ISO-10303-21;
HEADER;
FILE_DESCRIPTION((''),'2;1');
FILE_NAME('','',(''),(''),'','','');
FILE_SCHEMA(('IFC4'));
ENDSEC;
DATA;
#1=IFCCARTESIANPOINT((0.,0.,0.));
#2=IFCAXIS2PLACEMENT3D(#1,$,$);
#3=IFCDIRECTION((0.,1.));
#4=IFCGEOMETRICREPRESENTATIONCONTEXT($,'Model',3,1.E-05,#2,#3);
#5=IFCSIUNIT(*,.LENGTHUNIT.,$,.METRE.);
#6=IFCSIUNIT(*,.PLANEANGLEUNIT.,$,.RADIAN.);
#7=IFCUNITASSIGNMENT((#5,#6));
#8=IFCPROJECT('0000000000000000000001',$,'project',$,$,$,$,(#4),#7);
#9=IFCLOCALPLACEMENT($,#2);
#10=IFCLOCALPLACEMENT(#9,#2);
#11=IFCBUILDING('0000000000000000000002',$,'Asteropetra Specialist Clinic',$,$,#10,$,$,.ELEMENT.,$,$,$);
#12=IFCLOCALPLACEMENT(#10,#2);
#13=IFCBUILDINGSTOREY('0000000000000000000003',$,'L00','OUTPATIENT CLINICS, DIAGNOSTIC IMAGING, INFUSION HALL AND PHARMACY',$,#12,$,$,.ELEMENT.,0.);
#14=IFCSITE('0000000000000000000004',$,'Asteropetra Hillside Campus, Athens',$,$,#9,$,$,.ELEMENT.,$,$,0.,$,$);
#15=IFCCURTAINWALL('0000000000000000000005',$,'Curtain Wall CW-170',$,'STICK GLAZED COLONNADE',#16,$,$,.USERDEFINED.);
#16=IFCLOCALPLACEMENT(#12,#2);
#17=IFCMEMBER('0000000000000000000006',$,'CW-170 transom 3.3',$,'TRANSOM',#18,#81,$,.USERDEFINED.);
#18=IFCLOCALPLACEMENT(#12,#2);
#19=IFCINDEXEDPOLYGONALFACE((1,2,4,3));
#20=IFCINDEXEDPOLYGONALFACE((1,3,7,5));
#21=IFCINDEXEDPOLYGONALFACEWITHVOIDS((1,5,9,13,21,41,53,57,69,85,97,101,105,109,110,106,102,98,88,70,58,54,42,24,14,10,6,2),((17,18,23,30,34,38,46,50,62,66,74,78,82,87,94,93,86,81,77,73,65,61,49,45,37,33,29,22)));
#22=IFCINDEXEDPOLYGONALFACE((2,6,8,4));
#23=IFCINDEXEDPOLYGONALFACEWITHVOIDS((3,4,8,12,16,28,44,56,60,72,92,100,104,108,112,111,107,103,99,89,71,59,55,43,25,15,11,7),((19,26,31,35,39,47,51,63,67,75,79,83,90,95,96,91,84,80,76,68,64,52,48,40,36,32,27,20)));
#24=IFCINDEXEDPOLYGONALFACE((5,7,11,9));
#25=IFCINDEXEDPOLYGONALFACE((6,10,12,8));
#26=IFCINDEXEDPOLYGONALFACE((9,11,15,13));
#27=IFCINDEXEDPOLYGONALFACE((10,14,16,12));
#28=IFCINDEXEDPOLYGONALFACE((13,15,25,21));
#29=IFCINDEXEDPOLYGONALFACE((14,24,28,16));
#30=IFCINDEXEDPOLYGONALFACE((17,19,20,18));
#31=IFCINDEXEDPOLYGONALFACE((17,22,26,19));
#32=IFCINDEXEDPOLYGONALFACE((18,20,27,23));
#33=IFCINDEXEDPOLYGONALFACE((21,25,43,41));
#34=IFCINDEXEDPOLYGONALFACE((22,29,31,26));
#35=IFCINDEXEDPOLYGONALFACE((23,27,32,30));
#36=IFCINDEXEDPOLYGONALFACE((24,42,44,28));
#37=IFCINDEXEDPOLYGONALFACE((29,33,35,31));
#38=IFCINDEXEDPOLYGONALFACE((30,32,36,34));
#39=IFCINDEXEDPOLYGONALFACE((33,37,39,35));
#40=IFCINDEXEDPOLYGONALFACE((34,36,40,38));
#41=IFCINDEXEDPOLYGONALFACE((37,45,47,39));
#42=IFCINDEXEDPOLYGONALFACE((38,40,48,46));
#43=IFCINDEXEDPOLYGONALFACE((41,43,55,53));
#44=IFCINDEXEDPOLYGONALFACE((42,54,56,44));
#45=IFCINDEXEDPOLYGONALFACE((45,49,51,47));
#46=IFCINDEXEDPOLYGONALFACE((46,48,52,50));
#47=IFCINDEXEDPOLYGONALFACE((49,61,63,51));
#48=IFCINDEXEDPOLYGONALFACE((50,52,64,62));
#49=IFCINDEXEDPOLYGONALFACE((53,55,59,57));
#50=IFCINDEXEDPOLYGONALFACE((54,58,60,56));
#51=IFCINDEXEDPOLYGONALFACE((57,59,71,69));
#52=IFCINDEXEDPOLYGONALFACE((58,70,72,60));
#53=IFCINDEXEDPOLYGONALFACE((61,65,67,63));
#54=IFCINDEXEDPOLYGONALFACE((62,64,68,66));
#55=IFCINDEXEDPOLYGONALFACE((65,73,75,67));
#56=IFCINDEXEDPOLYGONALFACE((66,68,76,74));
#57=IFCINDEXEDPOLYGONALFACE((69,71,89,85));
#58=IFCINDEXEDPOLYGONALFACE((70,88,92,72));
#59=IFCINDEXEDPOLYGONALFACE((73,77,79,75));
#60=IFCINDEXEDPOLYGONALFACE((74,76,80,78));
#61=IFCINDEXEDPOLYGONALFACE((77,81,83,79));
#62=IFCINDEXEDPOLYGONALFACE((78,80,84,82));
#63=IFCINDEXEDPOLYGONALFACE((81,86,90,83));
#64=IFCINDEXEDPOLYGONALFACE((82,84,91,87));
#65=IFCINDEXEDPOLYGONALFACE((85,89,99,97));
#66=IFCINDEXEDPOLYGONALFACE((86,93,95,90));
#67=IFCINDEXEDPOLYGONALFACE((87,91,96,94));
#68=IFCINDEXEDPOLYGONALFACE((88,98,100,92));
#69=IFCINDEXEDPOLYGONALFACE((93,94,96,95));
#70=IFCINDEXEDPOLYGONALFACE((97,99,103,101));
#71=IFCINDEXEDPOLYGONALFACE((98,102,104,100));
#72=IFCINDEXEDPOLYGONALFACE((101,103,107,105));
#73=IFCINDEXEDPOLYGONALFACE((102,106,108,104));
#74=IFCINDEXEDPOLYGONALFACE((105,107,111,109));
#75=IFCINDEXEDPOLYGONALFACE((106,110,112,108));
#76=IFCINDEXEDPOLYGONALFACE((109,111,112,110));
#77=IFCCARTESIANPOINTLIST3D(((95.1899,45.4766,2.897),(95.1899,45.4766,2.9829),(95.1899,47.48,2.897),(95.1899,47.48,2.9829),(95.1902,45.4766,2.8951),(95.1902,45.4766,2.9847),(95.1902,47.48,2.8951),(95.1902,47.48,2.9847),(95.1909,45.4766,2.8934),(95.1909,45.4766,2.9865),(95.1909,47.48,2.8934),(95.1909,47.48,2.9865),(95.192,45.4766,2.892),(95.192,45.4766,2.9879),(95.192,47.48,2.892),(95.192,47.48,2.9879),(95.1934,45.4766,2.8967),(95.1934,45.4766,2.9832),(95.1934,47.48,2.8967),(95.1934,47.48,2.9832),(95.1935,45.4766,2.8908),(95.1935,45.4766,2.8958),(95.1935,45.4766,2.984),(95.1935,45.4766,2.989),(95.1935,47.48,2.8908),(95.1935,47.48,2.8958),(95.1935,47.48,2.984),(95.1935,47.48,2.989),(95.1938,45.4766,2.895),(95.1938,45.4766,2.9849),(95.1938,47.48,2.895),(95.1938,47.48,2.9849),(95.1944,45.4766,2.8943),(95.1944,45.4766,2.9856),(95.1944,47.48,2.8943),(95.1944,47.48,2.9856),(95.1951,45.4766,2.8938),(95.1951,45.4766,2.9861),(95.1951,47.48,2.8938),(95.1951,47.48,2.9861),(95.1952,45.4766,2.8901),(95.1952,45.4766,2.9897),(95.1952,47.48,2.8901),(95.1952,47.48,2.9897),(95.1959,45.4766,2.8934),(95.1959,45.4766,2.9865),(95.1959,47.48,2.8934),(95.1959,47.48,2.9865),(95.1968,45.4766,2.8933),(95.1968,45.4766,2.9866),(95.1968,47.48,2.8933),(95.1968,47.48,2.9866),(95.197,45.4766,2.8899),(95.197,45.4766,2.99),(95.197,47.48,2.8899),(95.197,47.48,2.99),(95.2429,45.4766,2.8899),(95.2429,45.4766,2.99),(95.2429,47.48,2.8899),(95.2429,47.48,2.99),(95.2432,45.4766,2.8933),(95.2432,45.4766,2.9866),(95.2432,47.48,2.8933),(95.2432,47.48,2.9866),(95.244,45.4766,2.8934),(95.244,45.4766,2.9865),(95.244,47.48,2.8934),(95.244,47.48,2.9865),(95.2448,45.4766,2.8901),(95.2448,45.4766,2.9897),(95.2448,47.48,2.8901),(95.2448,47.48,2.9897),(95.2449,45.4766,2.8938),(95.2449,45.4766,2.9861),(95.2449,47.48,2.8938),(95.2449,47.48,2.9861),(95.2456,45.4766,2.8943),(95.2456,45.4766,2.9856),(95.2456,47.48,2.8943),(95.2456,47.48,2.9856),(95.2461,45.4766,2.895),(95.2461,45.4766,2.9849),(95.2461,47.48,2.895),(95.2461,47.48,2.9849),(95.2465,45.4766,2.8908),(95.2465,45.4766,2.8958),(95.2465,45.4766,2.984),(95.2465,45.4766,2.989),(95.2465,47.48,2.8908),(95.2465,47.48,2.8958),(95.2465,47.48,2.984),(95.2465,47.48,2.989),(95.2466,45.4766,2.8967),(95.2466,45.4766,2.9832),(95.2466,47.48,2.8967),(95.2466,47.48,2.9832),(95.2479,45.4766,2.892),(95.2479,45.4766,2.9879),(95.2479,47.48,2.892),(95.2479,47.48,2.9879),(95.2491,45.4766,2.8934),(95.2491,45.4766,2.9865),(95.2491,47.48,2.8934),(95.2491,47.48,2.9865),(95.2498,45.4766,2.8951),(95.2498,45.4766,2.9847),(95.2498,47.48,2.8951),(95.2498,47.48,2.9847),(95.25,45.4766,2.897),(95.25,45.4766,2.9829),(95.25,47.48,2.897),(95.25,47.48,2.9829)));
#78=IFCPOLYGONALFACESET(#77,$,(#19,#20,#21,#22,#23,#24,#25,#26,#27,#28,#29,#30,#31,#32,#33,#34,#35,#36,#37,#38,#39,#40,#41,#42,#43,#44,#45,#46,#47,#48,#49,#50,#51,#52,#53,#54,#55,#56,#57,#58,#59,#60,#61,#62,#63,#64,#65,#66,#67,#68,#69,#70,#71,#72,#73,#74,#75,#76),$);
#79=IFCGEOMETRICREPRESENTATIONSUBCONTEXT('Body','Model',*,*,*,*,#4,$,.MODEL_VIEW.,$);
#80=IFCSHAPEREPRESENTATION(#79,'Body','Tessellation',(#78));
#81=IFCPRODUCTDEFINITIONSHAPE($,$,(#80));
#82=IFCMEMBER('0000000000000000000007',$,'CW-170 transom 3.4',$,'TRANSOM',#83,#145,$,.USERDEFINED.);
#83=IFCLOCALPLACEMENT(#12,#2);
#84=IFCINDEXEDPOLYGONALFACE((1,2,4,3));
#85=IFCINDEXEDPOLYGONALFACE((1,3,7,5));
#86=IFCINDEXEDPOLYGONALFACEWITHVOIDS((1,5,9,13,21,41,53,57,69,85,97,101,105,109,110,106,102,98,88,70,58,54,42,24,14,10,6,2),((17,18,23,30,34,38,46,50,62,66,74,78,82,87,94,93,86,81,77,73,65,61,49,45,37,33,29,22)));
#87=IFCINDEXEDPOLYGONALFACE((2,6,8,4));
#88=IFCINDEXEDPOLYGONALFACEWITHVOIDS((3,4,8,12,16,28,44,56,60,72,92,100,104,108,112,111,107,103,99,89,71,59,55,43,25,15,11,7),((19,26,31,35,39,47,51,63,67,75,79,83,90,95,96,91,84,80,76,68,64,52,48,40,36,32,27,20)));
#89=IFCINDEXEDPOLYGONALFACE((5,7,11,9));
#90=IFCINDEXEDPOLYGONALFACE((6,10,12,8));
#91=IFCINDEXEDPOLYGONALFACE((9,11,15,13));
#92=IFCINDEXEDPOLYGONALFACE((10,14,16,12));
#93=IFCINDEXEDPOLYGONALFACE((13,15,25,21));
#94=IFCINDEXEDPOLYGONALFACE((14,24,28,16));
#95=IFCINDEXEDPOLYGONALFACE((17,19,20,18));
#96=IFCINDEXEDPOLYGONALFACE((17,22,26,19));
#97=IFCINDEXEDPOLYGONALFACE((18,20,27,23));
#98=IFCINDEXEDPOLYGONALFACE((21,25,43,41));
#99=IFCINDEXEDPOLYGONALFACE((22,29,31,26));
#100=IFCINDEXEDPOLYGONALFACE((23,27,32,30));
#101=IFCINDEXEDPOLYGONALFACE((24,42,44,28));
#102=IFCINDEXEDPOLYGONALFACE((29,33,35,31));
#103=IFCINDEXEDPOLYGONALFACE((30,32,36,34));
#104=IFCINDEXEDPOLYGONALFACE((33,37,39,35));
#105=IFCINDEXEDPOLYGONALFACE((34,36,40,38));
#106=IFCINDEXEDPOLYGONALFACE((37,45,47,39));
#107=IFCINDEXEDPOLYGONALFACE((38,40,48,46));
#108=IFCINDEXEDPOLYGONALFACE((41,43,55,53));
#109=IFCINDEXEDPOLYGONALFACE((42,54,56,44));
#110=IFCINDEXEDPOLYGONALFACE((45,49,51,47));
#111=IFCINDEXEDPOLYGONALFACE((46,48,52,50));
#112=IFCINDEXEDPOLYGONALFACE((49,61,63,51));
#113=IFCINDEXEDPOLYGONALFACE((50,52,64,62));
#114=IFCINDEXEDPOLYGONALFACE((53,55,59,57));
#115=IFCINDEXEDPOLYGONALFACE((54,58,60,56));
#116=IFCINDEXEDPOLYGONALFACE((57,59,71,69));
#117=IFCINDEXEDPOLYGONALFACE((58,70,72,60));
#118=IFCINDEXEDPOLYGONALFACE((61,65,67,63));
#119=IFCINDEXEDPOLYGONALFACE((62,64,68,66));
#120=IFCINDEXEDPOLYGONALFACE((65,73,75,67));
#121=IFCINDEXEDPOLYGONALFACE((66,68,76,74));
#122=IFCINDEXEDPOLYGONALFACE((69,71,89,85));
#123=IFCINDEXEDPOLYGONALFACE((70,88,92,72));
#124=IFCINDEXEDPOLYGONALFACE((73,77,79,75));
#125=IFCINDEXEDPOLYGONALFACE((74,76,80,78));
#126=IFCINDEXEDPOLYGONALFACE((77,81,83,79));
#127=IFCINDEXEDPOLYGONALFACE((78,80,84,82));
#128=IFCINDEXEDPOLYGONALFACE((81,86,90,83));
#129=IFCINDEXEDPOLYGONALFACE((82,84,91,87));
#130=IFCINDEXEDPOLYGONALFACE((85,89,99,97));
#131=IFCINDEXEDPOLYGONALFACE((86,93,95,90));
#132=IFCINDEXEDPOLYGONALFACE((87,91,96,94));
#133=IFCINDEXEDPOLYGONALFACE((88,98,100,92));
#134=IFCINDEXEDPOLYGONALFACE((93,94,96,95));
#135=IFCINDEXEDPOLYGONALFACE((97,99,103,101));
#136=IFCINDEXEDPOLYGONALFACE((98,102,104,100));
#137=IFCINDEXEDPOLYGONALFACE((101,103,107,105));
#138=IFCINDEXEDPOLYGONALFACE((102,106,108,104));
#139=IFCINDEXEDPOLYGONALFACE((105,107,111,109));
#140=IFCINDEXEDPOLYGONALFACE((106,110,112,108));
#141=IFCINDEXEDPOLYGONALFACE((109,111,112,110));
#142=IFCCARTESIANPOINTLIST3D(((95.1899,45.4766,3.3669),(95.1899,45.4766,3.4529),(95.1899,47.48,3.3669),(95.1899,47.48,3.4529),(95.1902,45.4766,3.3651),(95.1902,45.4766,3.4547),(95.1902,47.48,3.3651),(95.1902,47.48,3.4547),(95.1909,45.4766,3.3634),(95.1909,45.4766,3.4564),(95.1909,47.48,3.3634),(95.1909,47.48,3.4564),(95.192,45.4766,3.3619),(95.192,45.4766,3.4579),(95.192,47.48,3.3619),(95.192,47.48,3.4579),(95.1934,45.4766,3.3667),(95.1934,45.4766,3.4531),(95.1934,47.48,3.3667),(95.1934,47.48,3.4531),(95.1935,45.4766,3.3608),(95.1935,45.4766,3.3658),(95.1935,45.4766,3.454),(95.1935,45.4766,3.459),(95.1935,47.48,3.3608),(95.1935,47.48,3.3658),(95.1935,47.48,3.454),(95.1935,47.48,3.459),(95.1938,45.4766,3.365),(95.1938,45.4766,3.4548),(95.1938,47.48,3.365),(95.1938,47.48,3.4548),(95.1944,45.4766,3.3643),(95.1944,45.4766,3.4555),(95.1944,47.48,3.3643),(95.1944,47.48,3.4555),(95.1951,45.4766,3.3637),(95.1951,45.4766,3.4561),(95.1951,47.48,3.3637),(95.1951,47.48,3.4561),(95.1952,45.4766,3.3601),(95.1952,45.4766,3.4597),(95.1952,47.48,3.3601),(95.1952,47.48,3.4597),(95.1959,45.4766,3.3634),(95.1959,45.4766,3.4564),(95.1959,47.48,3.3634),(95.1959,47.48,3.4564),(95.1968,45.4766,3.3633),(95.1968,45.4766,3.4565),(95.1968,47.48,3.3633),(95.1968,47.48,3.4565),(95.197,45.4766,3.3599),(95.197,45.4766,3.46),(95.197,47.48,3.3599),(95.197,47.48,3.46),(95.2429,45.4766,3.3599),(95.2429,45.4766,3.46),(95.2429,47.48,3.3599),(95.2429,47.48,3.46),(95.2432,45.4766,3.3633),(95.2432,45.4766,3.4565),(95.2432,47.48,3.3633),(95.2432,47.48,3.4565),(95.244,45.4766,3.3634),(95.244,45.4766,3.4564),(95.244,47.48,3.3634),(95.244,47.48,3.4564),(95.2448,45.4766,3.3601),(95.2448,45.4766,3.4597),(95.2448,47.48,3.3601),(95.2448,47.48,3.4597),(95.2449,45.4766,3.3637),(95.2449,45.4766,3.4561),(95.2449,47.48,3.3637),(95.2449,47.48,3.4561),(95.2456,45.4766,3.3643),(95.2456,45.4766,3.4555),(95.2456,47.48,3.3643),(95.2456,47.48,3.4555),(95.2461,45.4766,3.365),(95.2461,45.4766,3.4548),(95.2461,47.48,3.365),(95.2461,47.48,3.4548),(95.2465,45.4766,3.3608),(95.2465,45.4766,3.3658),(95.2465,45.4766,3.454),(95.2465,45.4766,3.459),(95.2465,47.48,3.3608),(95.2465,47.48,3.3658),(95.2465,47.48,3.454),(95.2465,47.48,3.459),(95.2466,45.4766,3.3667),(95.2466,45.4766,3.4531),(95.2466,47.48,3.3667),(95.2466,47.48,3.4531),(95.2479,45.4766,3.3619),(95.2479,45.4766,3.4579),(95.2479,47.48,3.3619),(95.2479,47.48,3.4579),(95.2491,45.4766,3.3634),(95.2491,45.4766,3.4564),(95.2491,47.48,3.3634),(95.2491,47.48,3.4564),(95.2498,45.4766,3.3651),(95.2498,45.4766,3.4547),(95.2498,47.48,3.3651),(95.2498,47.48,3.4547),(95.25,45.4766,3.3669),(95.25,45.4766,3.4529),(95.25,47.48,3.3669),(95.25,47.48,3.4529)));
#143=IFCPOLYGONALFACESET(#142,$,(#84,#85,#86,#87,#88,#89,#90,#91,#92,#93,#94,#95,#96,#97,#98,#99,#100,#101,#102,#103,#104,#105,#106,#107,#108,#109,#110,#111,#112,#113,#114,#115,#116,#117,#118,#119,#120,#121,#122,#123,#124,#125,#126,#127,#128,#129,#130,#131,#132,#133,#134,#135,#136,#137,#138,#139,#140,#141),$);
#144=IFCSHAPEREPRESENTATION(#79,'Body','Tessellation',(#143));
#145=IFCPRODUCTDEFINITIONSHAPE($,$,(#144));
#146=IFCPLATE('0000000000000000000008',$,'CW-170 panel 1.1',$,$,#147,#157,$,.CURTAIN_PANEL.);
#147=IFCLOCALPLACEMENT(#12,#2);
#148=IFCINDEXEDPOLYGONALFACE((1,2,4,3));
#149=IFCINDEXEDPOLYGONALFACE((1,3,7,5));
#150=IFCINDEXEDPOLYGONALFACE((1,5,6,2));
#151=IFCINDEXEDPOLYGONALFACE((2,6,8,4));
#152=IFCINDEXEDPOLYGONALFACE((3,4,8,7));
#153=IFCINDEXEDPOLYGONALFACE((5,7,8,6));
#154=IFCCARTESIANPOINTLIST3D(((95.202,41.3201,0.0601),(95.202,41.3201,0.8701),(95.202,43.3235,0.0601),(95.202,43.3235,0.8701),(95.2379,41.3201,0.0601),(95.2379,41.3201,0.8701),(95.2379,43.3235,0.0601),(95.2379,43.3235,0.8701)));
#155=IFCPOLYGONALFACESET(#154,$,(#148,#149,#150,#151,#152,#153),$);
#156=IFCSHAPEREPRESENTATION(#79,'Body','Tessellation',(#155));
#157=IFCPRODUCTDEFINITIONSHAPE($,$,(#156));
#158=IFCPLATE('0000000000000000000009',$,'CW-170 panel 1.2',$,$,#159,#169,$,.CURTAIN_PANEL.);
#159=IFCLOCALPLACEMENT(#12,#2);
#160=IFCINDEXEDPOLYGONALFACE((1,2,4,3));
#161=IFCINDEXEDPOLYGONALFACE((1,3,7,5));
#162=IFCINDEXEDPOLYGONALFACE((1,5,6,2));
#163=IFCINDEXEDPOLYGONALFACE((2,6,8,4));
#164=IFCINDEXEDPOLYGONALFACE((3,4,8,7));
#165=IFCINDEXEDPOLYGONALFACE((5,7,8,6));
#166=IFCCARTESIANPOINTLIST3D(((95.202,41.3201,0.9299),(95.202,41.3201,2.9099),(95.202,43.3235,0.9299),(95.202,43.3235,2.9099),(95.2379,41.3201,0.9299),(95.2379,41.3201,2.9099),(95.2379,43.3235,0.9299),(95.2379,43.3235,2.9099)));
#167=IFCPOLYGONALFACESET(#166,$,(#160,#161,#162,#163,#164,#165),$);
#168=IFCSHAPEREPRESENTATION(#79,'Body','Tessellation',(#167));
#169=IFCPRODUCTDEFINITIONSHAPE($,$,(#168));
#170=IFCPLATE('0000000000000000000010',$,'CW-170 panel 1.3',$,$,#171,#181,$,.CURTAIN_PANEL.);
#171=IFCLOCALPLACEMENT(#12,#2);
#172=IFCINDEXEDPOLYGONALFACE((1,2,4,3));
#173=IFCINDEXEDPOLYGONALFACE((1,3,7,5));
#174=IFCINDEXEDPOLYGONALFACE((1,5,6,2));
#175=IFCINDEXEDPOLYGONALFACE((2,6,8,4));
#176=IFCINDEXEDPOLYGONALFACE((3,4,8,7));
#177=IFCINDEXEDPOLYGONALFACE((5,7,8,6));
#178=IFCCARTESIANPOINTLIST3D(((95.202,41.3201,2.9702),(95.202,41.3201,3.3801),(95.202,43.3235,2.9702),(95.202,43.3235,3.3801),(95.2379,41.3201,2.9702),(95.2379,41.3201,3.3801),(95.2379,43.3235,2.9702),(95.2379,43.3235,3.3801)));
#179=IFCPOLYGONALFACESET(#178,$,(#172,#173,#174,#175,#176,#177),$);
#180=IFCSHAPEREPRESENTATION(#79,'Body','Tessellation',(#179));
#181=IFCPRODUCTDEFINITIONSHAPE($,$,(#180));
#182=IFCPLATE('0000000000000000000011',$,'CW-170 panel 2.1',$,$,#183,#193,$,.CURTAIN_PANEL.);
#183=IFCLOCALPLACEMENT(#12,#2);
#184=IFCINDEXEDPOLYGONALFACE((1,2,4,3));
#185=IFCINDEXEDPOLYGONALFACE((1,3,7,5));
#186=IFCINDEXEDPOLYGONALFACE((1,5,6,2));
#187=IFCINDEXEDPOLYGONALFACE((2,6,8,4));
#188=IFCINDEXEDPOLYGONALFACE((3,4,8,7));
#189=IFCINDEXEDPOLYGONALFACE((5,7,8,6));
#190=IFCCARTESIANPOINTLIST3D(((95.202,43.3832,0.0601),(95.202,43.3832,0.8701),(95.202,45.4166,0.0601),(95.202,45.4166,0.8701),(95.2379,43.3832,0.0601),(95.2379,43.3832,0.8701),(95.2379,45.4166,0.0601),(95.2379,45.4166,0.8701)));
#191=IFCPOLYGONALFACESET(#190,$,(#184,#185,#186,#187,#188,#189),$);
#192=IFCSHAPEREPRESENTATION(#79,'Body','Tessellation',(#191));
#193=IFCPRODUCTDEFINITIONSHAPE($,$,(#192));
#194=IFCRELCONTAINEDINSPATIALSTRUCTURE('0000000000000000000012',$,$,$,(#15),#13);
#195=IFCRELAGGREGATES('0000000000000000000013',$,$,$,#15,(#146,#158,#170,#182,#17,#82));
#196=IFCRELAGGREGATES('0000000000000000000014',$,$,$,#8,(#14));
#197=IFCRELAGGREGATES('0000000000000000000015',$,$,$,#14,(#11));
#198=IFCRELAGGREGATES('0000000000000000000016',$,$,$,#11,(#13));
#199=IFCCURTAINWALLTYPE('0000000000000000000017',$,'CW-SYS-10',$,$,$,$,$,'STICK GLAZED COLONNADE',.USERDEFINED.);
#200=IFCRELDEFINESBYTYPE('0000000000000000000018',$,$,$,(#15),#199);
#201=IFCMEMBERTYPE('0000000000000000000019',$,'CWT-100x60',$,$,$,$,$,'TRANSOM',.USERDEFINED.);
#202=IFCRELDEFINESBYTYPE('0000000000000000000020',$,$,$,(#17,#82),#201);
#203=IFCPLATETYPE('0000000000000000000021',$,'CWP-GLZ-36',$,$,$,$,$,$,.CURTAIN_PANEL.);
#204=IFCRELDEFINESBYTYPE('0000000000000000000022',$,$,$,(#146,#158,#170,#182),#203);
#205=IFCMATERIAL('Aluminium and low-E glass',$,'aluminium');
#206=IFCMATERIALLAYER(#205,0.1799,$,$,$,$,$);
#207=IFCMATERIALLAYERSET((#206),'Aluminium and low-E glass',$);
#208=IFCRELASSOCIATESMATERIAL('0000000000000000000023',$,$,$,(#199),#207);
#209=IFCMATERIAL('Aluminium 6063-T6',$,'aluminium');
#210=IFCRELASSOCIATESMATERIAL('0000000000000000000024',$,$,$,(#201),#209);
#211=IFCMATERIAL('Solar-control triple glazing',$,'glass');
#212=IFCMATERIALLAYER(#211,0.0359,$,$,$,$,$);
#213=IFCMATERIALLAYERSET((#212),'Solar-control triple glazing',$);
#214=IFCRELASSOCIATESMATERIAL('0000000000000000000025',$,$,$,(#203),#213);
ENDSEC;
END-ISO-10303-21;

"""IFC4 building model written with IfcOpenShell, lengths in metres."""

from ifc_helpers import new_model, si_unit, direction, frame, origin, origin_2d, place, context, subcontext, project, spatial, rectangle, hollow_rectangle, extrude, material, layer, layer_set, material_profile, profile_set, type_object, element, aggregate, save


model = new_model("IFC4")

# Units and contexts
model_context = context("Model", 3, precision=1e-05, world=origin(), true_north=direction((0.0, 1.0)))
body_context = subcontext(model_context, "Body", "Model", "MODEL_VIEW")
ifc_project = project(units=[si_unit("LENGTHUNIT", "METRE"), si_unit("PLANEANGLEUNIT", "RADIAN")], contexts=[model_context])

# Site, building, storey
site_placement = place(None, origin())
site = spatial("IfcSite", under=ifc_project, at=site_placement, Name="Asteropetra Hillside Campus, Athens", CompositionType="ELEMENT", RefElevation=0.0)
building_placement = place(site_placement, origin())
building = spatial("IfcBuilding", under=site, at=building_placement, Name="Asteropetra Specialist Clinic", CompositionType="ELEMENT")
storey_placement = place(building_placement, origin())
storey = spatial("IfcBuildingStorey", under=building, at=storey_placement, Name="L00", Description="OUTPATIENT CLINICS, DIAGNOSTIC IMAGING, INFUSION HALL AND PHARMACY", CompositionType="ELEMENT", Elevation=0.0)

# Curtain wall, members, plates
ifc_material_1 = material(Name="Aluminium and low-E glass", Category="aluminium")
ifc_layer_1 = layer(ifc_material_1, 0.1799)
ifc_layer_set_1 = layer_set([ifc_layer_1], Name="Aluminium and low-E glass")
curtain_wall_type = type_object("IfcCurtainWallType", Name="CW-SYS-10", ElementType="STICK GLAZED COLONNADE", PredefinedType="USERDEFINED", material=ifc_layer_set_1)
curtain_wall_placement = place(storey_placement, origin())
curtain_wall = element("IfcCurtainWall", 1, at=curtain_wall_placement, inside=storey, type_object=curtain_wall_type, Name="Curtain Wall CW-170", ObjectType="STICK GLAZED COLONNADE", PredefinedType="USERDEFINED")
ifc_material_2 = material(Name="Aluminium 6063-T6", Category="aluminium")
ifc_material_profile_1 = material_profile(ifc_material_2, hollow_rectangle(XDim=0.0601, YDim=0.1001, WallThickness=0.0034, InnerFilletRadius=0.0034, OuterFilletRadius=0.0071, at=origin_2d()), Name="TRN 100x60x3.5")
ifc_profile_set_1 = profile_set([ifc_material_profile_1], Name="Aluminium 6063-T6")
member_type_1 = type_object("IfcMemberType", Name="CWT-100x60", ElementType="TRANSOM", PredefinedType="USERDEFINED", material=ifc_profile_set_1)
member_1_placement = place(storey_placement, frame((95.22, 45.4766, 2.9399), z_axis=(0.0, 1.0, 0.0), x_axis=(-1.0, 0.0, 0.0)))
member_1 = element("IfcMember", 2, at=member_1_placement, type_object=member_type_1, Name="CW-170 transom 3.3", ObjectType="TRANSOM", PredefinedType="USERDEFINED", context=body_context, shape_type="SweptSolid", body=[
    extrude(hollow_rectangle(XDim=0.0601, YDim=0.1001, WallThickness=0.0034, InnerFilletRadius=0.0034, OuterFilletRadius=0.0071, at=origin_2d()), origin(), (0.0, 0.0, 1.0), 2.0034),
])
member_2_placement = place(storey_placement, frame((95.22, 45.4766, 3.4099), z_axis=(0.0, 1.0, 0.0), x_axis=(-1.0, 0.0, 0.0)))
member_2 = element("IfcMember", 3, at=member_2_placement, type_object=member_type_1, Name="CW-170 transom 3.4", ObjectType="TRANSOM", PredefinedType="USERDEFINED", context=body_context, shape_type="SweptSolid", body=[
    extrude(hollow_rectangle(XDim=0.0601, YDim=0.1001, WallThickness=0.0034, InnerFilletRadius=0.0034, OuterFilletRadius=0.0071, at=origin_2d()), origin(), (0.0, 0.0, 1.0), 2.0034),
])
ifc_material_3 = material(Name="Solar-control triple glazing", Category="glass")
ifc_layer_2 = layer(ifc_material_3, 0.0359)
ifc_layer_set_2 = layer_set([ifc_layer_2], Name="Solar-control triple glazing")
plate_type = type_object("IfcPlateType", Name="CWP-GLZ-36", PredefinedType="CURTAIN_PANEL", material=ifc_layer_set_2)
plate_1_placement = place(storey_placement, frame((95.22, 42.3218, 0.0601), z_axis=(0.0, 0.0, 1.0), x_axis=(0.0, 1.0, 0.0)))
plate_1 = element("IfcPlate", 4, at=plate_1_placement, type_object=plate_type, Name="CW-170 panel 1.1", PredefinedType="CURTAIN_PANEL", context=body_context, shape_type="SweptSolid", body=[
    extrude(rectangle(XDim=2.0034, YDim=0.0359, at=origin_2d()), origin(), (0.0, 0.0, 1.0), 0.8101),
])
plate_2_placement = place(storey_placement, frame((95.22, 42.3218, 0.9299), z_axis=(0.0, 0.0, 1.0), x_axis=(0.0, 1.0, 0.0)))
plate_2 = element("IfcPlate", 5, at=plate_2_placement, type_object=plate_type, Name="CW-170 panel 1.2", PredefinedType="CURTAIN_PANEL", context=body_context, shape_type="SweptSolid", body=[
    extrude(rectangle(XDim=2.0034, YDim=0.0359, at=origin_2d()), origin(), (0.0, 0.0, 1.0), 1.98),
])
plate_3_placement = place(storey_placement, frame((95.22, 42.3218, 2.9702), z_axis=(0.0, 0.0, 1.0), x_axis=(0.0, 1.0, 0.0)))
plate_3 = element("IfcPlate", 6, at=plate_3_placement, type_object=plate_type, Name="CW-170 panel 1.3", PredefinedType="CURTAIN_PANEL", context=body_context, shape_type="SweptSolid", body=[
    extrude(rectangle(XDim=2.0034, YDim=0.0359, at=origin_2d()), origin(), (0.0, 0.0, 1.0), 0.4099),
])
plate_4_placement = place(storey_placement, frame((95.22, 44.3999, 0.0601), z_axis=(0.0, 0.0, 1.0), x_axis=(0.0, 1.0, 0.0)))
plate_4 = element("IfcPlate", 7, at=plate_4_placement, type_object=plate_type, Name="CW-170 panel 2.1", PredefinedType="CURTAIN_PANEL", context=body_context, shape_type="SweptSolid", body=[
    extrude(rectangle(XDim=2.0334, YDim=0.0359, at=origin_2d()), origin(), (0.0, 0.0, 1.0), 0.8101),
])
aggregate(curtain_wall, [plate_1, plate_2, plate_3, plate_4, member_1, member_2])

save(model, "model.ifc")
